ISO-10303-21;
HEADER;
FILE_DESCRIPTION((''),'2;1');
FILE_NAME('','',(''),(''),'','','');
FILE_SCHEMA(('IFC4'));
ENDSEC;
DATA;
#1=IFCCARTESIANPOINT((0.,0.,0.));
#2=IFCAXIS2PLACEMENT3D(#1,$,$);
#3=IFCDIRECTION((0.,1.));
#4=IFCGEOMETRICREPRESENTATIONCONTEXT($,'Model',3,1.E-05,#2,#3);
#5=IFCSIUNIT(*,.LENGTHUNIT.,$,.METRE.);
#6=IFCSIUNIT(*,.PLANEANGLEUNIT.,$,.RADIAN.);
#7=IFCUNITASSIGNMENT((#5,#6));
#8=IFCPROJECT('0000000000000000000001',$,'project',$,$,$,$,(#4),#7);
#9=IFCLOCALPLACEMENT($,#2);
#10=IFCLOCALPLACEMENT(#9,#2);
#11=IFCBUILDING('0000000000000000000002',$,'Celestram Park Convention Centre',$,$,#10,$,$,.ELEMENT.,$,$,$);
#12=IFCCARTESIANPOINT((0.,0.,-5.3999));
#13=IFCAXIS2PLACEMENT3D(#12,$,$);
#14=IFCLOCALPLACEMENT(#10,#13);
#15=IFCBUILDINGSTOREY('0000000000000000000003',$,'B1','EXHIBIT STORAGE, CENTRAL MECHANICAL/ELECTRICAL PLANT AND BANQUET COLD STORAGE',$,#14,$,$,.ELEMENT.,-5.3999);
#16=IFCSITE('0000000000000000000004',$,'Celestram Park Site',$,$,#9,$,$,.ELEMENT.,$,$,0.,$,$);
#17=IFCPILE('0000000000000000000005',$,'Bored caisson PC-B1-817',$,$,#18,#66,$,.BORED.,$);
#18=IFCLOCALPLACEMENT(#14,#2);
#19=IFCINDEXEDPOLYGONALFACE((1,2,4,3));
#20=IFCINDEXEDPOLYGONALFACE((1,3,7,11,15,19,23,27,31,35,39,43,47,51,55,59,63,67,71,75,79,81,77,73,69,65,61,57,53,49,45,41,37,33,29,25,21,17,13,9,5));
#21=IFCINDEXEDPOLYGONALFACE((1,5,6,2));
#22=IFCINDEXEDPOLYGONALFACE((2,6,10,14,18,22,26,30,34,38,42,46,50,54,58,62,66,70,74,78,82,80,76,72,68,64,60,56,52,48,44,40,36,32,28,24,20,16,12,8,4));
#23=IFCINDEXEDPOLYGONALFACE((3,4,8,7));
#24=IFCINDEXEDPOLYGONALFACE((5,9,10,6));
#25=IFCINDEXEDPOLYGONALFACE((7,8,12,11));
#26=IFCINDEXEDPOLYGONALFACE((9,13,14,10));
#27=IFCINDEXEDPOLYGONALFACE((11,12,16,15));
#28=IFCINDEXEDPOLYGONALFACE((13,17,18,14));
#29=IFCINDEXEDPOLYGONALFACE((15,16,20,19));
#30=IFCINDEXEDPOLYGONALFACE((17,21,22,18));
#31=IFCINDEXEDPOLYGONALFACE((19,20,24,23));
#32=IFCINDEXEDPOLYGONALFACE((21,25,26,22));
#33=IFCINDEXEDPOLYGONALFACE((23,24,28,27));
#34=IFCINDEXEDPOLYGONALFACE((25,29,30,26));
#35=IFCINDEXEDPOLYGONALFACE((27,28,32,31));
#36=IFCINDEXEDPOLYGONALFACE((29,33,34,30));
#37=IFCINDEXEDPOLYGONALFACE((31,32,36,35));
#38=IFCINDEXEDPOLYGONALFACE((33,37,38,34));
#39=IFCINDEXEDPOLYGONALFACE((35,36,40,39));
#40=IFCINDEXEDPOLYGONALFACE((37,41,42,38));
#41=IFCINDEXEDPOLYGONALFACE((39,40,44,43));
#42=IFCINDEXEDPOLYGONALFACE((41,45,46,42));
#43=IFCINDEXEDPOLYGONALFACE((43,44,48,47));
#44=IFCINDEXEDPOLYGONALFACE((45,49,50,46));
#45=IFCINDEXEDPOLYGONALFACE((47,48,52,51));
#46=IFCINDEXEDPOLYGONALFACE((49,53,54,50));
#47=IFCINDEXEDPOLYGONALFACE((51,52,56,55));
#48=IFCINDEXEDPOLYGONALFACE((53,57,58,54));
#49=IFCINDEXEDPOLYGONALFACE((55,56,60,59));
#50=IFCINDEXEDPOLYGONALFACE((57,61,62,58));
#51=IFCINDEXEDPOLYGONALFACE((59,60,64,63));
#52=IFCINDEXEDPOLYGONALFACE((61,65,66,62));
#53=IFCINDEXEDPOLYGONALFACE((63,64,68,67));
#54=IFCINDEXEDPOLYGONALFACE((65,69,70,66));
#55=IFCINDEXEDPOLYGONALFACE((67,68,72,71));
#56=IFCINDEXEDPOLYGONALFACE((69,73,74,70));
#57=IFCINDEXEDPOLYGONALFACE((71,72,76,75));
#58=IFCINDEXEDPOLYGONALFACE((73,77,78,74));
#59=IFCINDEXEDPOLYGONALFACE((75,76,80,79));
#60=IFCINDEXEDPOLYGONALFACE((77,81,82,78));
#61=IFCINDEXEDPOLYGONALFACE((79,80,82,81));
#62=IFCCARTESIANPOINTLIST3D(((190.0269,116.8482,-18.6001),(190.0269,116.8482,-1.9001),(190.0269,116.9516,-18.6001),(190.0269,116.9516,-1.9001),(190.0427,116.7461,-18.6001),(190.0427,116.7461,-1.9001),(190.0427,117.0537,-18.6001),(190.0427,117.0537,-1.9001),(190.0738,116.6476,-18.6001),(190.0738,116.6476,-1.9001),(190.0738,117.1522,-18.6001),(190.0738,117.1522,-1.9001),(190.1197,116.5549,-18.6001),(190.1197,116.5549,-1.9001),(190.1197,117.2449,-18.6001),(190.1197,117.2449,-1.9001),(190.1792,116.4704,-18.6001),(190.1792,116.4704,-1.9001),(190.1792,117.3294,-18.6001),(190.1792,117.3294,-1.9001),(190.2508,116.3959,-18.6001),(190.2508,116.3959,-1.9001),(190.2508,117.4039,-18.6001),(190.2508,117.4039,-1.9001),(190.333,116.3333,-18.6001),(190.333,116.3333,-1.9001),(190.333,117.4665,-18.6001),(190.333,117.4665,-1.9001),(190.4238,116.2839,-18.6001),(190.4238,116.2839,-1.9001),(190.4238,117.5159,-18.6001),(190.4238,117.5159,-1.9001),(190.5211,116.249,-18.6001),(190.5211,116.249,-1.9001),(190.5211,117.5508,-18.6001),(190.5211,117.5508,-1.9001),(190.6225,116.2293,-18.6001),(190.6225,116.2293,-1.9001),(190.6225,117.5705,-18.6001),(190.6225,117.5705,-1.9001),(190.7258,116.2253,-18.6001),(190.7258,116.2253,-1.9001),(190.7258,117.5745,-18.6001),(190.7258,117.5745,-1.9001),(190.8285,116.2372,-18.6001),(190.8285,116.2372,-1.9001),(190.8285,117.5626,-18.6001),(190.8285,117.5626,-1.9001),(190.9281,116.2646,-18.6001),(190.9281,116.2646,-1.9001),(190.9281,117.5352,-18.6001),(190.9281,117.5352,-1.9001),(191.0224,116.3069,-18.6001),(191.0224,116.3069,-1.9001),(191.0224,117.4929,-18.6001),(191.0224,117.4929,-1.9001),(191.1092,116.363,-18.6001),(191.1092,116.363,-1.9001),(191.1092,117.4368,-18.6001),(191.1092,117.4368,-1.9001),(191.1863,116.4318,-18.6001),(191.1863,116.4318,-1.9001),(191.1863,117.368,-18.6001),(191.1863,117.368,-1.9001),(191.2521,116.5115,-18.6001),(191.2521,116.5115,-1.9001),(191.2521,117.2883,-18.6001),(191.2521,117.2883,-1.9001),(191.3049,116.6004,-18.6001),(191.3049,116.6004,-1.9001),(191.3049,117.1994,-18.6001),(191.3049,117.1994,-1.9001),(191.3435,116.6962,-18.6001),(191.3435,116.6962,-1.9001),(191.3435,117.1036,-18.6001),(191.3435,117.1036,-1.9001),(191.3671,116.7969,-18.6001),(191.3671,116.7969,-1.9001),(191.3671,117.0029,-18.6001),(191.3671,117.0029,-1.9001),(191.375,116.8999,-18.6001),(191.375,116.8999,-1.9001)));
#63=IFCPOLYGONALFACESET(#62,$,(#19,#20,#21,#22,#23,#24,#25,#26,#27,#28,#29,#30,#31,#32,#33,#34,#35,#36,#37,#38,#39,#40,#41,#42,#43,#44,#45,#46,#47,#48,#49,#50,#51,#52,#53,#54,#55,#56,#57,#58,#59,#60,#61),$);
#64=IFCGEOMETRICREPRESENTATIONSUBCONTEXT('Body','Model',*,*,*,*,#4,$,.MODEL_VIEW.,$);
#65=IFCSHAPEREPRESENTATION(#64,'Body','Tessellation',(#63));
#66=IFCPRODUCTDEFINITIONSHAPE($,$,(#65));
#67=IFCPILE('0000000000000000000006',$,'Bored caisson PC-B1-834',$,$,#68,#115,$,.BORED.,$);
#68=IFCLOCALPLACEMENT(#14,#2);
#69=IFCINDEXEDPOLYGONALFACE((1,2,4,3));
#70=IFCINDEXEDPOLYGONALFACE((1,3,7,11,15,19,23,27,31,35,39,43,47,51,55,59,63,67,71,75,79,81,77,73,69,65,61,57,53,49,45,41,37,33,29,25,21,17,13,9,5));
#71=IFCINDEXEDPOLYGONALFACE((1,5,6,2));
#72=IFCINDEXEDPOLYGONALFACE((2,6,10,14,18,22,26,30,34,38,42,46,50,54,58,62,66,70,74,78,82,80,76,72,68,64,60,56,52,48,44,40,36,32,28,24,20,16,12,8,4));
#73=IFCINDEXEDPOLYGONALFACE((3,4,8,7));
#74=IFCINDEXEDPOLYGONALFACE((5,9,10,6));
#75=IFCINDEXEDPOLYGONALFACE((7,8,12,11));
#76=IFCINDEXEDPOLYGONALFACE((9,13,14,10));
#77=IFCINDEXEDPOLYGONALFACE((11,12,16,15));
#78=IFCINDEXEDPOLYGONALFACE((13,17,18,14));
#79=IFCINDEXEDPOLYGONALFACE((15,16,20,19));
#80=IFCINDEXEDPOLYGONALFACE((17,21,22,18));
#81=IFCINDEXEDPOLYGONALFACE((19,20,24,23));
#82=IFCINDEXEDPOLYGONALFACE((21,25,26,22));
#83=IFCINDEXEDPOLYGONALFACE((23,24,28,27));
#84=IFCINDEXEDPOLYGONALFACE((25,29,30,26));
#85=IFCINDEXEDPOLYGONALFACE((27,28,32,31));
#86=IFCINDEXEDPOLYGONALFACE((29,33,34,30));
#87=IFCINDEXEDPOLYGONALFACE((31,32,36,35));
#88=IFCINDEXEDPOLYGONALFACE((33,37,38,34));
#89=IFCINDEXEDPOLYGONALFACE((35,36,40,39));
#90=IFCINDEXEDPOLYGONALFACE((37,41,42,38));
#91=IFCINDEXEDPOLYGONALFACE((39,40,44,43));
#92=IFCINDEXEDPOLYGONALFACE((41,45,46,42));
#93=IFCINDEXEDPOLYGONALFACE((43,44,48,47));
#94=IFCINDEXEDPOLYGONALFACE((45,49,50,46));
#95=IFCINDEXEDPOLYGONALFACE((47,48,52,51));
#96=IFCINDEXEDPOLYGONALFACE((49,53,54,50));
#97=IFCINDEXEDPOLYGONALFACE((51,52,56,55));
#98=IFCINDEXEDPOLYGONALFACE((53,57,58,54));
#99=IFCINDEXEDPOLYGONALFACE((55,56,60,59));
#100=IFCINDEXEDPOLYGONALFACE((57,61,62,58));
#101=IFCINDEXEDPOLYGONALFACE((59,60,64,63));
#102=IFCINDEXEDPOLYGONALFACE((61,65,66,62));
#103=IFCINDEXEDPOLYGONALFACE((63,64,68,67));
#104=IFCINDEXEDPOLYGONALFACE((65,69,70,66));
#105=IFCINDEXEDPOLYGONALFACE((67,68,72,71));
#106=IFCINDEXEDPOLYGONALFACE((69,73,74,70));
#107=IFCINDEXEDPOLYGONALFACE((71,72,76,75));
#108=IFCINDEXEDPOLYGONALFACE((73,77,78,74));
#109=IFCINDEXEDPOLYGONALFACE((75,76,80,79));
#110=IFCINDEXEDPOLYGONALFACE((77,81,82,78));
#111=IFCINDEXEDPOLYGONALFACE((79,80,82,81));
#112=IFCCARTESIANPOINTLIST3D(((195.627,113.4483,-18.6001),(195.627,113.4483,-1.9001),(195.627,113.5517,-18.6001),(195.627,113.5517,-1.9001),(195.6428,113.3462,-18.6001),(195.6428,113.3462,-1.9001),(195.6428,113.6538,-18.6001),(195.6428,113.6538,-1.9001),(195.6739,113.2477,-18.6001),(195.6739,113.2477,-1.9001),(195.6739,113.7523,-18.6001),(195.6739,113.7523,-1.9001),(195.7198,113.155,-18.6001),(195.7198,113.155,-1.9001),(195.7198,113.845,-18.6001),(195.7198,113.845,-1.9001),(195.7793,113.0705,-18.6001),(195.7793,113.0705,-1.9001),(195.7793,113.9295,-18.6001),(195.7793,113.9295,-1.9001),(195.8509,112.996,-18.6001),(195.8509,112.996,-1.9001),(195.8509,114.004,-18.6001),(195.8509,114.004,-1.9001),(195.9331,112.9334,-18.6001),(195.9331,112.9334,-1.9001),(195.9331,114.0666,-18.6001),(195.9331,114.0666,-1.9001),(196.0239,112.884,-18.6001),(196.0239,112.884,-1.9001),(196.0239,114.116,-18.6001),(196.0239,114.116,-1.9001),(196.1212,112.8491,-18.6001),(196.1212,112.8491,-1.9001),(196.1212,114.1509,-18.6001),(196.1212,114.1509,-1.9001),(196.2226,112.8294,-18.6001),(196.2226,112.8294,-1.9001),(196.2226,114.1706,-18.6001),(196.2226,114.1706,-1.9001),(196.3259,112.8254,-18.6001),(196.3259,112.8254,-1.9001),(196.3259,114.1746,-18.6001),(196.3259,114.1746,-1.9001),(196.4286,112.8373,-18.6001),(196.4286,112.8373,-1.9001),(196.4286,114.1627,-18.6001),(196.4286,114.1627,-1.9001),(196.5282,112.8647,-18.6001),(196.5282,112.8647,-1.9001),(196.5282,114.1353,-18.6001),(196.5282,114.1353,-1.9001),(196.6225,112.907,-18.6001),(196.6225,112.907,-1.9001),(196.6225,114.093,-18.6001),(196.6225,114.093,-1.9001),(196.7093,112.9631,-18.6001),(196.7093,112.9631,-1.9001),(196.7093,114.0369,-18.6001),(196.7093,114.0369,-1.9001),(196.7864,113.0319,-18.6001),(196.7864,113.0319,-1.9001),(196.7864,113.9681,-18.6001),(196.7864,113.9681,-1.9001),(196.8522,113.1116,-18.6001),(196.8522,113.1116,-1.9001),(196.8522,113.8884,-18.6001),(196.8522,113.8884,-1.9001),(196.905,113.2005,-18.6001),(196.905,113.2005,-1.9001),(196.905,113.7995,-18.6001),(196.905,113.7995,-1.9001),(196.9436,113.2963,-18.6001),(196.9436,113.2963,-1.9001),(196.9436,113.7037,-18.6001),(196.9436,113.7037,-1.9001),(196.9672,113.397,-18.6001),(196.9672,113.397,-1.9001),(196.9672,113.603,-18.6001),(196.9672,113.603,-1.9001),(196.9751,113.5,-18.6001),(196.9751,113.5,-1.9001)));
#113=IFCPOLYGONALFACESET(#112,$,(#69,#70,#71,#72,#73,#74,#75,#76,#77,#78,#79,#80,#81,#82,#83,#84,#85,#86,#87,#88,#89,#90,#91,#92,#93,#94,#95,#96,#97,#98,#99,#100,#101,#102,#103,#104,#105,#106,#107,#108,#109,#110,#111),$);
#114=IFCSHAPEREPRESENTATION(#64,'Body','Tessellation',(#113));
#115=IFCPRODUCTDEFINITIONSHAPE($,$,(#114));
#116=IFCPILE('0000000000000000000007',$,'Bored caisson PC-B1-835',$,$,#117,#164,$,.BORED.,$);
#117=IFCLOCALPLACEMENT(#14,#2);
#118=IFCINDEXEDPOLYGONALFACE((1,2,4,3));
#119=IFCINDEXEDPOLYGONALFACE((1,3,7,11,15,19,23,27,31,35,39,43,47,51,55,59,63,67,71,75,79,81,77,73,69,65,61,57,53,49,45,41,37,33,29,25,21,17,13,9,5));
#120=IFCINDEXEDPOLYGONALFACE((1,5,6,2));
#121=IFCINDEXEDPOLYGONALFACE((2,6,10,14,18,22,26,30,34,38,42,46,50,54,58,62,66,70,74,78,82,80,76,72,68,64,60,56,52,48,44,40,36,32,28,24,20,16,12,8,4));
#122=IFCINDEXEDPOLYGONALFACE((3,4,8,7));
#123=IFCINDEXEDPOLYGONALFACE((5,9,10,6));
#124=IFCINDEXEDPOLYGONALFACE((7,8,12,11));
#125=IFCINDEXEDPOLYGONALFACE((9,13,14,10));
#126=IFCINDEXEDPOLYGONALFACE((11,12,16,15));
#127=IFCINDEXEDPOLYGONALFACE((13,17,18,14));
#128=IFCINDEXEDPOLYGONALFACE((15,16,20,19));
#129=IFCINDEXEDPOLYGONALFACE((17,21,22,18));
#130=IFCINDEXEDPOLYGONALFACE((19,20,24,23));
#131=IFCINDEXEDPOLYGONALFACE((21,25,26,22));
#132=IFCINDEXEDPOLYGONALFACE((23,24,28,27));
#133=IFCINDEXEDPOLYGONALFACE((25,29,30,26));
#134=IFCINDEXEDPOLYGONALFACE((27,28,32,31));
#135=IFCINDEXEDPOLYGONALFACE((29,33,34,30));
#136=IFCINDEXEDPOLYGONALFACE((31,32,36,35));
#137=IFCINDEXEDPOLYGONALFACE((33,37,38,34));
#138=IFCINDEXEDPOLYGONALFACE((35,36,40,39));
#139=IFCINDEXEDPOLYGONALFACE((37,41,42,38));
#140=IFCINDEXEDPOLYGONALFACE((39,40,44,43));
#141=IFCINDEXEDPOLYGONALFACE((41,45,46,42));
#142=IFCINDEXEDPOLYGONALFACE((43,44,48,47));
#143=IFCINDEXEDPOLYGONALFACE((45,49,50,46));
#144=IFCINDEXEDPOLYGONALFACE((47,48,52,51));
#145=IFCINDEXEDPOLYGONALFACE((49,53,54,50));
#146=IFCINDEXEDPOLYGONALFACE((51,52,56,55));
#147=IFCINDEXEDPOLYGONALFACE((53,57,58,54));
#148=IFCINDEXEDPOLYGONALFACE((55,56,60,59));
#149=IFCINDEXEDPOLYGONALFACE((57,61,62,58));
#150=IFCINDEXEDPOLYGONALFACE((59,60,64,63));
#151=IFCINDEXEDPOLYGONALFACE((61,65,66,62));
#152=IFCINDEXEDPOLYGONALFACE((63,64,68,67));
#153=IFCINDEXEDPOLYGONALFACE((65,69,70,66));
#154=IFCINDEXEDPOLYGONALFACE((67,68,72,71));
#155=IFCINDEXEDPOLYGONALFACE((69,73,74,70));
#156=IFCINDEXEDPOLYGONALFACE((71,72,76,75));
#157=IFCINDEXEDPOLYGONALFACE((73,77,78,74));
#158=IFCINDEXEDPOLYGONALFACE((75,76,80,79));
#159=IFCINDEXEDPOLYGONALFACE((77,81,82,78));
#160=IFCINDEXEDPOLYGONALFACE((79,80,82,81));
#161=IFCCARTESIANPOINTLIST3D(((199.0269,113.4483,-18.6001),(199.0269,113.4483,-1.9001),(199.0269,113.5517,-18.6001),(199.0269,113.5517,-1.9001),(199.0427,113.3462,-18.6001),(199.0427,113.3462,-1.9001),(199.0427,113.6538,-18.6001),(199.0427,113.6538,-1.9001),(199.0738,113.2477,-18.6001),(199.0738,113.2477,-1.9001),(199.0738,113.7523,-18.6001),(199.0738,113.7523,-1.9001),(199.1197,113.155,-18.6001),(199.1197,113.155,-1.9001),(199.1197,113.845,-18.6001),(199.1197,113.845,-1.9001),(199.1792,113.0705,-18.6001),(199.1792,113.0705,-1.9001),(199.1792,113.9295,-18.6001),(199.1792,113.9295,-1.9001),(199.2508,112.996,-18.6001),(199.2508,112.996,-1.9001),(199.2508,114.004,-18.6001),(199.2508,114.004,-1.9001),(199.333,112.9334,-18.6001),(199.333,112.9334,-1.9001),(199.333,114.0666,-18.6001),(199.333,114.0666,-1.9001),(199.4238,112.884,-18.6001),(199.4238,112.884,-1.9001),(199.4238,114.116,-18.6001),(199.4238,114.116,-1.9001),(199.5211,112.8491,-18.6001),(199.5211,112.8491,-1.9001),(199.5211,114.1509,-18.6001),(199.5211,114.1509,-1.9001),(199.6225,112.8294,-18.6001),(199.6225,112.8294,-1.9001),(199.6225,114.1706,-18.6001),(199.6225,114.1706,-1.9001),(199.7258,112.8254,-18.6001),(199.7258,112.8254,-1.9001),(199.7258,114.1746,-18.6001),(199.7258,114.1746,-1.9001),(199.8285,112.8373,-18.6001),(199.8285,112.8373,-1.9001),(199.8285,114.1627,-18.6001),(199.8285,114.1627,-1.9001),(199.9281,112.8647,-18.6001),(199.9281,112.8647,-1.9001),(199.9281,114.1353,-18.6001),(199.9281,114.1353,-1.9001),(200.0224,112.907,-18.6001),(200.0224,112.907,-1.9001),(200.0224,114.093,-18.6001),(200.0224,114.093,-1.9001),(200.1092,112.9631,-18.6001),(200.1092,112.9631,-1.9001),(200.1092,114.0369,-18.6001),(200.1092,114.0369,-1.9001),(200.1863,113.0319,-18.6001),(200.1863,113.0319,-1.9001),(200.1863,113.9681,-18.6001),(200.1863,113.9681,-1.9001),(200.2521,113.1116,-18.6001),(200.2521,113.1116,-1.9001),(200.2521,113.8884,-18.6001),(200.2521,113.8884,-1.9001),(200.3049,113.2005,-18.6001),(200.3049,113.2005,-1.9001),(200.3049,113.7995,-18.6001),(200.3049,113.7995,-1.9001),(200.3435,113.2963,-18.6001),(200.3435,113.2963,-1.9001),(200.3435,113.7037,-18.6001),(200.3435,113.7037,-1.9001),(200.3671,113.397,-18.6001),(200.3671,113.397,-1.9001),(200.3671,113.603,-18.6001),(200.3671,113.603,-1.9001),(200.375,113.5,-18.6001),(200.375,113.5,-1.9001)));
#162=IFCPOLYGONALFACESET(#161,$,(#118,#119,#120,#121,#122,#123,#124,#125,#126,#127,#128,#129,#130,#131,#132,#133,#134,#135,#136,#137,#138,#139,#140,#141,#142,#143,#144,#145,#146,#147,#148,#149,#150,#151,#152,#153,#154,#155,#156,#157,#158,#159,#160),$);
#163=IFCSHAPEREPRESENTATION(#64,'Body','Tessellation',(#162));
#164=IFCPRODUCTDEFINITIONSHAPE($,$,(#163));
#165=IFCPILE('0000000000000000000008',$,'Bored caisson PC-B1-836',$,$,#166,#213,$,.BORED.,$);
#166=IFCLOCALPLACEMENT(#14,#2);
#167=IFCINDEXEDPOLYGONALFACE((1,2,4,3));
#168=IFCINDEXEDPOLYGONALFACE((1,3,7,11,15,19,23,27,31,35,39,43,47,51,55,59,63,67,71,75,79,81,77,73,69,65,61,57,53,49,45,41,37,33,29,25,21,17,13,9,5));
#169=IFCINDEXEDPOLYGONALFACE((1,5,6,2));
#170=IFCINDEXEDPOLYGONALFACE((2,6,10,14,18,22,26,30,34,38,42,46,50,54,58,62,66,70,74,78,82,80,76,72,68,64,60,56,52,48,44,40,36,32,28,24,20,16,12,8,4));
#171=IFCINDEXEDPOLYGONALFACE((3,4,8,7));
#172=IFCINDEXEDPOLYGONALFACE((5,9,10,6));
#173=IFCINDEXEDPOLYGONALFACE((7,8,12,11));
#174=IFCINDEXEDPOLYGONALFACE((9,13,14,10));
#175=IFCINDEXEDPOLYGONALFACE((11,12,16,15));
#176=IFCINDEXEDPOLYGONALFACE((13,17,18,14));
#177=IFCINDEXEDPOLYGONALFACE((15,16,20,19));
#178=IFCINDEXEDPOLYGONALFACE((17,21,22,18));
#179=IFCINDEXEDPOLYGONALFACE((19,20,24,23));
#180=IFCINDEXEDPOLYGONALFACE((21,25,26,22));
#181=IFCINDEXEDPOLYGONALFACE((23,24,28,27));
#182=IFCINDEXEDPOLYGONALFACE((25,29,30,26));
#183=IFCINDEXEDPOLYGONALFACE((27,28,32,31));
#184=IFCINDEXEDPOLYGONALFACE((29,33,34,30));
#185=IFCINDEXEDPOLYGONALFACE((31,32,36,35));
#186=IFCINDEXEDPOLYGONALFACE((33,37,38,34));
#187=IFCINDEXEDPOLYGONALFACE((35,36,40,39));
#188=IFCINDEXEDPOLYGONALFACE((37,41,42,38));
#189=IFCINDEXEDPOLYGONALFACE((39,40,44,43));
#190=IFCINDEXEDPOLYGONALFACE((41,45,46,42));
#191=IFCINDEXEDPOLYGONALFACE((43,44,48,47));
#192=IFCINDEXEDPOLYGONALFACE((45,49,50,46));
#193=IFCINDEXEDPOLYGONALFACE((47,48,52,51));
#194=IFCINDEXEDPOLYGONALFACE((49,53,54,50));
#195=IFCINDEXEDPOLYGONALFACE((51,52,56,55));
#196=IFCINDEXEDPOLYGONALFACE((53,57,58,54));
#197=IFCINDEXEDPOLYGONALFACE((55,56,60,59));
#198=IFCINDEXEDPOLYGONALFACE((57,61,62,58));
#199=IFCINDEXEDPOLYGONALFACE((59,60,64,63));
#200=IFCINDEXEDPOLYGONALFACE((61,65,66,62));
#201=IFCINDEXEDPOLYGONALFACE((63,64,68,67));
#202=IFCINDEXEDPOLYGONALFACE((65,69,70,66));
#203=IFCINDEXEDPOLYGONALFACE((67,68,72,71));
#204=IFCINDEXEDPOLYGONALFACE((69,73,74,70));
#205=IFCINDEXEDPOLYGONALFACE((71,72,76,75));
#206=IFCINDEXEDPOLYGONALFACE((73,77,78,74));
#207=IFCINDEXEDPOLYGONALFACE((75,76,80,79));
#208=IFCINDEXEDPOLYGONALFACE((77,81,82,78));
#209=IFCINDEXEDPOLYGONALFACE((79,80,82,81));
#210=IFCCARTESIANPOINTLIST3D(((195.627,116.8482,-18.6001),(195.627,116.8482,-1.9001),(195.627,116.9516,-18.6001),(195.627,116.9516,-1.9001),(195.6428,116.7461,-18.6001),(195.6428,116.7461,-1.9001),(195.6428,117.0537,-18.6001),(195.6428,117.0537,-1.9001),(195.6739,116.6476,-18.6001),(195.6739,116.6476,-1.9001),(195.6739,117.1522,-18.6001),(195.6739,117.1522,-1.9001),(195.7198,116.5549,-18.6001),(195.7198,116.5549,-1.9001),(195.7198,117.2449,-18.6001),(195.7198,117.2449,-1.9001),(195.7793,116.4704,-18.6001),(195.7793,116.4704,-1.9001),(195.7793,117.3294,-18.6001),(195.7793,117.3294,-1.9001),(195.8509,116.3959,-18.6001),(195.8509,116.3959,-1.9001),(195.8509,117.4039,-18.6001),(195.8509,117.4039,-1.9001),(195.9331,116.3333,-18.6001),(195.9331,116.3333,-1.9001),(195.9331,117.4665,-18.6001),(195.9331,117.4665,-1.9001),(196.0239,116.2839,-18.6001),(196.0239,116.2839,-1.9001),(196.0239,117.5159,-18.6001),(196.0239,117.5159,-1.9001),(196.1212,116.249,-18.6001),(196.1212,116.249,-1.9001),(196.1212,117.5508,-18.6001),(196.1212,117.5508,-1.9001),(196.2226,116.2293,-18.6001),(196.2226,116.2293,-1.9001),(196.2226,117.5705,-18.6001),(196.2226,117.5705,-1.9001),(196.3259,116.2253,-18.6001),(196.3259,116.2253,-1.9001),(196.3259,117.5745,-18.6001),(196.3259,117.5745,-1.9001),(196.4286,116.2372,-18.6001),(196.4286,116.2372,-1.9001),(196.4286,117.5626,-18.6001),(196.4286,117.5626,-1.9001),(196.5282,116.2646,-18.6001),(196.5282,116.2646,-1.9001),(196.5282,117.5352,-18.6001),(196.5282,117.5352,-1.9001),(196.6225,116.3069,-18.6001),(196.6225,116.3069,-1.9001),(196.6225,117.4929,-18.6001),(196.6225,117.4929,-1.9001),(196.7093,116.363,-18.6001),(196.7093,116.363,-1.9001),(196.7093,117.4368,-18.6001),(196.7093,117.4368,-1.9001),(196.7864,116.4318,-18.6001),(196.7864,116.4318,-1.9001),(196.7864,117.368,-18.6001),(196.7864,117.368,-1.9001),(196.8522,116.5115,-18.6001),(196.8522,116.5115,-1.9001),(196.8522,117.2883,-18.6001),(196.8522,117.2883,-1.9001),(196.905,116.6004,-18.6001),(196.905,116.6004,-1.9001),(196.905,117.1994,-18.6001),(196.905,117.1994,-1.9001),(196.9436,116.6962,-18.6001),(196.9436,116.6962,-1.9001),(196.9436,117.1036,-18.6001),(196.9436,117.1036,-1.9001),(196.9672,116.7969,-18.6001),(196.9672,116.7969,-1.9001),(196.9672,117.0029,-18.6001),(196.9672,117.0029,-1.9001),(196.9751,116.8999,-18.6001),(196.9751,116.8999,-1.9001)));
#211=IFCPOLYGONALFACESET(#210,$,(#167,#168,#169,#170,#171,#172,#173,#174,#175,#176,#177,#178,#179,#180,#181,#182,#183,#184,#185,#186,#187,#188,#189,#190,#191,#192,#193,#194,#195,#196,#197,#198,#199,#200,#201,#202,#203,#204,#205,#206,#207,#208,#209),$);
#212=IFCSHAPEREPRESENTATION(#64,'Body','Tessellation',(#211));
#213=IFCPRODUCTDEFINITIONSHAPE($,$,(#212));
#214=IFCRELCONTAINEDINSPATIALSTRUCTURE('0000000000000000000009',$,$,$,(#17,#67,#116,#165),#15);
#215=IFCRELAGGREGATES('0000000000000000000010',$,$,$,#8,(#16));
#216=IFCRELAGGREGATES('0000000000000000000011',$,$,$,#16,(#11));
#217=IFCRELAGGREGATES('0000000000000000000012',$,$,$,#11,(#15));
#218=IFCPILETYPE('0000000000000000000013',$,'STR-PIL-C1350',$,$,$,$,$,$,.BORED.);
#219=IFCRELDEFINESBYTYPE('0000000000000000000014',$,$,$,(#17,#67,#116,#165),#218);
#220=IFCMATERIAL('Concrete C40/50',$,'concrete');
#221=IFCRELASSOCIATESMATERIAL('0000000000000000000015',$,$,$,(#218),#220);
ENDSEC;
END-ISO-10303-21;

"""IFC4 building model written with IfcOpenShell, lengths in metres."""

from ifc_helpers import new_model, si_unit, direction, frame, origin, origin_2d, place, context, subcontext, project, spatial, circle, extrude, material, material_profile, profile_set, type_object, element, save


model = new_model("IFC4")

# Units and contexts
model_context = context("Model", 3, precision=1e-05, world=origin(), true_north=direction((0.0, 1.0)))
body_context = subcontext(model_context, "Body", "Model", "MODEL_VIEW")
ifc_project = project(units=[si_unit("LENGTHUNIT", "METRE"), si_unit("PLANEANGLEUNIT", "RADIAN")], contexts=[model_context])

# Site, building, storey
site_placement = place(None, origin())
site = spatial("IfcSite", under=ifc_project, at=site_placement, Name="Celestram Park Site", CompositionType="ELEMENT", RefElevation=0.0)
building_placement = place(site_placement, origin())
building = spatial("IfcBuilding", under=site, at=building_placement, Name="Celestram Park Convention Centre", CompositionType="ELEMENT")
storey_placement = place(building_placement, frame((0.0, 0.0, -5.3999)))
storey = spatial("IfcBuildingStorey", under=building, at=storey_placement, Name="B1", Description="EXHIBIT STORAGE, CENTRAL MECHANICAL/ELECTRICAL PLANT AND BANQUET COLD STORAGE", CompositionType="ELEMENT", Elevation=-5.3999)

# Shared definitions
ifc_material_1 = material(Name="Concrete C40/50", Category="concrete")

# Piles
ifc_material_profile_1 = material_profile(ifc_material_1, circle(Radius=0.675, at=origin_2d()), Name="CAISSON1350")
ifc_profile_set_1 = profile_set([ifc_material_profile_1], Name="Concrete C40/50")
pile_type_1 = type_object("IfcPileType", Name="STR-PIL-C1350", PredefinedType="BORED", material=ifc_profile_set_1)
for number, where, z_axis, x_axis, name in (
    (1, (190.7, 116.8999, -1.9001), (0.0, 0.0, -1.0), (1.0, 0.0, 0.0), "Bored caisson PC-B1-817"),
    (2, (196.3, 113.5, -1.9001), (0.0, 0.0, -1.0), (1.0, 0.0, 0.0), "Bored caisson PC-B1-834"),
    (3, (199.7, 113.5, -1.9001), (0.0, 0.0, -1.0), (1.0, 0.0, 0.0), "Bored caisson PC-B1-835"),
    (4, (196.3, 116.8999, -1.9001), (0.0, 0.0, -1.0), (1.0, 0.0, 0.0), "Bored caisson PC-B1-836"),
):
    element("IfcPile", number, at=place(storey_placement, frame(where, z_axis=z_axis, x_axis=x_axis)), inside=storey, type_object=pile_type_1, Name=name, PredefinedType="BORED", context=body_context, shape_type="SweptSolid", body=[
        extrude(circle(Radius=0.675, at=origin_2d()), origin(), (0.0, 0.0, 1.0), 16.7),
    ])

save(model, "model.ifc")
